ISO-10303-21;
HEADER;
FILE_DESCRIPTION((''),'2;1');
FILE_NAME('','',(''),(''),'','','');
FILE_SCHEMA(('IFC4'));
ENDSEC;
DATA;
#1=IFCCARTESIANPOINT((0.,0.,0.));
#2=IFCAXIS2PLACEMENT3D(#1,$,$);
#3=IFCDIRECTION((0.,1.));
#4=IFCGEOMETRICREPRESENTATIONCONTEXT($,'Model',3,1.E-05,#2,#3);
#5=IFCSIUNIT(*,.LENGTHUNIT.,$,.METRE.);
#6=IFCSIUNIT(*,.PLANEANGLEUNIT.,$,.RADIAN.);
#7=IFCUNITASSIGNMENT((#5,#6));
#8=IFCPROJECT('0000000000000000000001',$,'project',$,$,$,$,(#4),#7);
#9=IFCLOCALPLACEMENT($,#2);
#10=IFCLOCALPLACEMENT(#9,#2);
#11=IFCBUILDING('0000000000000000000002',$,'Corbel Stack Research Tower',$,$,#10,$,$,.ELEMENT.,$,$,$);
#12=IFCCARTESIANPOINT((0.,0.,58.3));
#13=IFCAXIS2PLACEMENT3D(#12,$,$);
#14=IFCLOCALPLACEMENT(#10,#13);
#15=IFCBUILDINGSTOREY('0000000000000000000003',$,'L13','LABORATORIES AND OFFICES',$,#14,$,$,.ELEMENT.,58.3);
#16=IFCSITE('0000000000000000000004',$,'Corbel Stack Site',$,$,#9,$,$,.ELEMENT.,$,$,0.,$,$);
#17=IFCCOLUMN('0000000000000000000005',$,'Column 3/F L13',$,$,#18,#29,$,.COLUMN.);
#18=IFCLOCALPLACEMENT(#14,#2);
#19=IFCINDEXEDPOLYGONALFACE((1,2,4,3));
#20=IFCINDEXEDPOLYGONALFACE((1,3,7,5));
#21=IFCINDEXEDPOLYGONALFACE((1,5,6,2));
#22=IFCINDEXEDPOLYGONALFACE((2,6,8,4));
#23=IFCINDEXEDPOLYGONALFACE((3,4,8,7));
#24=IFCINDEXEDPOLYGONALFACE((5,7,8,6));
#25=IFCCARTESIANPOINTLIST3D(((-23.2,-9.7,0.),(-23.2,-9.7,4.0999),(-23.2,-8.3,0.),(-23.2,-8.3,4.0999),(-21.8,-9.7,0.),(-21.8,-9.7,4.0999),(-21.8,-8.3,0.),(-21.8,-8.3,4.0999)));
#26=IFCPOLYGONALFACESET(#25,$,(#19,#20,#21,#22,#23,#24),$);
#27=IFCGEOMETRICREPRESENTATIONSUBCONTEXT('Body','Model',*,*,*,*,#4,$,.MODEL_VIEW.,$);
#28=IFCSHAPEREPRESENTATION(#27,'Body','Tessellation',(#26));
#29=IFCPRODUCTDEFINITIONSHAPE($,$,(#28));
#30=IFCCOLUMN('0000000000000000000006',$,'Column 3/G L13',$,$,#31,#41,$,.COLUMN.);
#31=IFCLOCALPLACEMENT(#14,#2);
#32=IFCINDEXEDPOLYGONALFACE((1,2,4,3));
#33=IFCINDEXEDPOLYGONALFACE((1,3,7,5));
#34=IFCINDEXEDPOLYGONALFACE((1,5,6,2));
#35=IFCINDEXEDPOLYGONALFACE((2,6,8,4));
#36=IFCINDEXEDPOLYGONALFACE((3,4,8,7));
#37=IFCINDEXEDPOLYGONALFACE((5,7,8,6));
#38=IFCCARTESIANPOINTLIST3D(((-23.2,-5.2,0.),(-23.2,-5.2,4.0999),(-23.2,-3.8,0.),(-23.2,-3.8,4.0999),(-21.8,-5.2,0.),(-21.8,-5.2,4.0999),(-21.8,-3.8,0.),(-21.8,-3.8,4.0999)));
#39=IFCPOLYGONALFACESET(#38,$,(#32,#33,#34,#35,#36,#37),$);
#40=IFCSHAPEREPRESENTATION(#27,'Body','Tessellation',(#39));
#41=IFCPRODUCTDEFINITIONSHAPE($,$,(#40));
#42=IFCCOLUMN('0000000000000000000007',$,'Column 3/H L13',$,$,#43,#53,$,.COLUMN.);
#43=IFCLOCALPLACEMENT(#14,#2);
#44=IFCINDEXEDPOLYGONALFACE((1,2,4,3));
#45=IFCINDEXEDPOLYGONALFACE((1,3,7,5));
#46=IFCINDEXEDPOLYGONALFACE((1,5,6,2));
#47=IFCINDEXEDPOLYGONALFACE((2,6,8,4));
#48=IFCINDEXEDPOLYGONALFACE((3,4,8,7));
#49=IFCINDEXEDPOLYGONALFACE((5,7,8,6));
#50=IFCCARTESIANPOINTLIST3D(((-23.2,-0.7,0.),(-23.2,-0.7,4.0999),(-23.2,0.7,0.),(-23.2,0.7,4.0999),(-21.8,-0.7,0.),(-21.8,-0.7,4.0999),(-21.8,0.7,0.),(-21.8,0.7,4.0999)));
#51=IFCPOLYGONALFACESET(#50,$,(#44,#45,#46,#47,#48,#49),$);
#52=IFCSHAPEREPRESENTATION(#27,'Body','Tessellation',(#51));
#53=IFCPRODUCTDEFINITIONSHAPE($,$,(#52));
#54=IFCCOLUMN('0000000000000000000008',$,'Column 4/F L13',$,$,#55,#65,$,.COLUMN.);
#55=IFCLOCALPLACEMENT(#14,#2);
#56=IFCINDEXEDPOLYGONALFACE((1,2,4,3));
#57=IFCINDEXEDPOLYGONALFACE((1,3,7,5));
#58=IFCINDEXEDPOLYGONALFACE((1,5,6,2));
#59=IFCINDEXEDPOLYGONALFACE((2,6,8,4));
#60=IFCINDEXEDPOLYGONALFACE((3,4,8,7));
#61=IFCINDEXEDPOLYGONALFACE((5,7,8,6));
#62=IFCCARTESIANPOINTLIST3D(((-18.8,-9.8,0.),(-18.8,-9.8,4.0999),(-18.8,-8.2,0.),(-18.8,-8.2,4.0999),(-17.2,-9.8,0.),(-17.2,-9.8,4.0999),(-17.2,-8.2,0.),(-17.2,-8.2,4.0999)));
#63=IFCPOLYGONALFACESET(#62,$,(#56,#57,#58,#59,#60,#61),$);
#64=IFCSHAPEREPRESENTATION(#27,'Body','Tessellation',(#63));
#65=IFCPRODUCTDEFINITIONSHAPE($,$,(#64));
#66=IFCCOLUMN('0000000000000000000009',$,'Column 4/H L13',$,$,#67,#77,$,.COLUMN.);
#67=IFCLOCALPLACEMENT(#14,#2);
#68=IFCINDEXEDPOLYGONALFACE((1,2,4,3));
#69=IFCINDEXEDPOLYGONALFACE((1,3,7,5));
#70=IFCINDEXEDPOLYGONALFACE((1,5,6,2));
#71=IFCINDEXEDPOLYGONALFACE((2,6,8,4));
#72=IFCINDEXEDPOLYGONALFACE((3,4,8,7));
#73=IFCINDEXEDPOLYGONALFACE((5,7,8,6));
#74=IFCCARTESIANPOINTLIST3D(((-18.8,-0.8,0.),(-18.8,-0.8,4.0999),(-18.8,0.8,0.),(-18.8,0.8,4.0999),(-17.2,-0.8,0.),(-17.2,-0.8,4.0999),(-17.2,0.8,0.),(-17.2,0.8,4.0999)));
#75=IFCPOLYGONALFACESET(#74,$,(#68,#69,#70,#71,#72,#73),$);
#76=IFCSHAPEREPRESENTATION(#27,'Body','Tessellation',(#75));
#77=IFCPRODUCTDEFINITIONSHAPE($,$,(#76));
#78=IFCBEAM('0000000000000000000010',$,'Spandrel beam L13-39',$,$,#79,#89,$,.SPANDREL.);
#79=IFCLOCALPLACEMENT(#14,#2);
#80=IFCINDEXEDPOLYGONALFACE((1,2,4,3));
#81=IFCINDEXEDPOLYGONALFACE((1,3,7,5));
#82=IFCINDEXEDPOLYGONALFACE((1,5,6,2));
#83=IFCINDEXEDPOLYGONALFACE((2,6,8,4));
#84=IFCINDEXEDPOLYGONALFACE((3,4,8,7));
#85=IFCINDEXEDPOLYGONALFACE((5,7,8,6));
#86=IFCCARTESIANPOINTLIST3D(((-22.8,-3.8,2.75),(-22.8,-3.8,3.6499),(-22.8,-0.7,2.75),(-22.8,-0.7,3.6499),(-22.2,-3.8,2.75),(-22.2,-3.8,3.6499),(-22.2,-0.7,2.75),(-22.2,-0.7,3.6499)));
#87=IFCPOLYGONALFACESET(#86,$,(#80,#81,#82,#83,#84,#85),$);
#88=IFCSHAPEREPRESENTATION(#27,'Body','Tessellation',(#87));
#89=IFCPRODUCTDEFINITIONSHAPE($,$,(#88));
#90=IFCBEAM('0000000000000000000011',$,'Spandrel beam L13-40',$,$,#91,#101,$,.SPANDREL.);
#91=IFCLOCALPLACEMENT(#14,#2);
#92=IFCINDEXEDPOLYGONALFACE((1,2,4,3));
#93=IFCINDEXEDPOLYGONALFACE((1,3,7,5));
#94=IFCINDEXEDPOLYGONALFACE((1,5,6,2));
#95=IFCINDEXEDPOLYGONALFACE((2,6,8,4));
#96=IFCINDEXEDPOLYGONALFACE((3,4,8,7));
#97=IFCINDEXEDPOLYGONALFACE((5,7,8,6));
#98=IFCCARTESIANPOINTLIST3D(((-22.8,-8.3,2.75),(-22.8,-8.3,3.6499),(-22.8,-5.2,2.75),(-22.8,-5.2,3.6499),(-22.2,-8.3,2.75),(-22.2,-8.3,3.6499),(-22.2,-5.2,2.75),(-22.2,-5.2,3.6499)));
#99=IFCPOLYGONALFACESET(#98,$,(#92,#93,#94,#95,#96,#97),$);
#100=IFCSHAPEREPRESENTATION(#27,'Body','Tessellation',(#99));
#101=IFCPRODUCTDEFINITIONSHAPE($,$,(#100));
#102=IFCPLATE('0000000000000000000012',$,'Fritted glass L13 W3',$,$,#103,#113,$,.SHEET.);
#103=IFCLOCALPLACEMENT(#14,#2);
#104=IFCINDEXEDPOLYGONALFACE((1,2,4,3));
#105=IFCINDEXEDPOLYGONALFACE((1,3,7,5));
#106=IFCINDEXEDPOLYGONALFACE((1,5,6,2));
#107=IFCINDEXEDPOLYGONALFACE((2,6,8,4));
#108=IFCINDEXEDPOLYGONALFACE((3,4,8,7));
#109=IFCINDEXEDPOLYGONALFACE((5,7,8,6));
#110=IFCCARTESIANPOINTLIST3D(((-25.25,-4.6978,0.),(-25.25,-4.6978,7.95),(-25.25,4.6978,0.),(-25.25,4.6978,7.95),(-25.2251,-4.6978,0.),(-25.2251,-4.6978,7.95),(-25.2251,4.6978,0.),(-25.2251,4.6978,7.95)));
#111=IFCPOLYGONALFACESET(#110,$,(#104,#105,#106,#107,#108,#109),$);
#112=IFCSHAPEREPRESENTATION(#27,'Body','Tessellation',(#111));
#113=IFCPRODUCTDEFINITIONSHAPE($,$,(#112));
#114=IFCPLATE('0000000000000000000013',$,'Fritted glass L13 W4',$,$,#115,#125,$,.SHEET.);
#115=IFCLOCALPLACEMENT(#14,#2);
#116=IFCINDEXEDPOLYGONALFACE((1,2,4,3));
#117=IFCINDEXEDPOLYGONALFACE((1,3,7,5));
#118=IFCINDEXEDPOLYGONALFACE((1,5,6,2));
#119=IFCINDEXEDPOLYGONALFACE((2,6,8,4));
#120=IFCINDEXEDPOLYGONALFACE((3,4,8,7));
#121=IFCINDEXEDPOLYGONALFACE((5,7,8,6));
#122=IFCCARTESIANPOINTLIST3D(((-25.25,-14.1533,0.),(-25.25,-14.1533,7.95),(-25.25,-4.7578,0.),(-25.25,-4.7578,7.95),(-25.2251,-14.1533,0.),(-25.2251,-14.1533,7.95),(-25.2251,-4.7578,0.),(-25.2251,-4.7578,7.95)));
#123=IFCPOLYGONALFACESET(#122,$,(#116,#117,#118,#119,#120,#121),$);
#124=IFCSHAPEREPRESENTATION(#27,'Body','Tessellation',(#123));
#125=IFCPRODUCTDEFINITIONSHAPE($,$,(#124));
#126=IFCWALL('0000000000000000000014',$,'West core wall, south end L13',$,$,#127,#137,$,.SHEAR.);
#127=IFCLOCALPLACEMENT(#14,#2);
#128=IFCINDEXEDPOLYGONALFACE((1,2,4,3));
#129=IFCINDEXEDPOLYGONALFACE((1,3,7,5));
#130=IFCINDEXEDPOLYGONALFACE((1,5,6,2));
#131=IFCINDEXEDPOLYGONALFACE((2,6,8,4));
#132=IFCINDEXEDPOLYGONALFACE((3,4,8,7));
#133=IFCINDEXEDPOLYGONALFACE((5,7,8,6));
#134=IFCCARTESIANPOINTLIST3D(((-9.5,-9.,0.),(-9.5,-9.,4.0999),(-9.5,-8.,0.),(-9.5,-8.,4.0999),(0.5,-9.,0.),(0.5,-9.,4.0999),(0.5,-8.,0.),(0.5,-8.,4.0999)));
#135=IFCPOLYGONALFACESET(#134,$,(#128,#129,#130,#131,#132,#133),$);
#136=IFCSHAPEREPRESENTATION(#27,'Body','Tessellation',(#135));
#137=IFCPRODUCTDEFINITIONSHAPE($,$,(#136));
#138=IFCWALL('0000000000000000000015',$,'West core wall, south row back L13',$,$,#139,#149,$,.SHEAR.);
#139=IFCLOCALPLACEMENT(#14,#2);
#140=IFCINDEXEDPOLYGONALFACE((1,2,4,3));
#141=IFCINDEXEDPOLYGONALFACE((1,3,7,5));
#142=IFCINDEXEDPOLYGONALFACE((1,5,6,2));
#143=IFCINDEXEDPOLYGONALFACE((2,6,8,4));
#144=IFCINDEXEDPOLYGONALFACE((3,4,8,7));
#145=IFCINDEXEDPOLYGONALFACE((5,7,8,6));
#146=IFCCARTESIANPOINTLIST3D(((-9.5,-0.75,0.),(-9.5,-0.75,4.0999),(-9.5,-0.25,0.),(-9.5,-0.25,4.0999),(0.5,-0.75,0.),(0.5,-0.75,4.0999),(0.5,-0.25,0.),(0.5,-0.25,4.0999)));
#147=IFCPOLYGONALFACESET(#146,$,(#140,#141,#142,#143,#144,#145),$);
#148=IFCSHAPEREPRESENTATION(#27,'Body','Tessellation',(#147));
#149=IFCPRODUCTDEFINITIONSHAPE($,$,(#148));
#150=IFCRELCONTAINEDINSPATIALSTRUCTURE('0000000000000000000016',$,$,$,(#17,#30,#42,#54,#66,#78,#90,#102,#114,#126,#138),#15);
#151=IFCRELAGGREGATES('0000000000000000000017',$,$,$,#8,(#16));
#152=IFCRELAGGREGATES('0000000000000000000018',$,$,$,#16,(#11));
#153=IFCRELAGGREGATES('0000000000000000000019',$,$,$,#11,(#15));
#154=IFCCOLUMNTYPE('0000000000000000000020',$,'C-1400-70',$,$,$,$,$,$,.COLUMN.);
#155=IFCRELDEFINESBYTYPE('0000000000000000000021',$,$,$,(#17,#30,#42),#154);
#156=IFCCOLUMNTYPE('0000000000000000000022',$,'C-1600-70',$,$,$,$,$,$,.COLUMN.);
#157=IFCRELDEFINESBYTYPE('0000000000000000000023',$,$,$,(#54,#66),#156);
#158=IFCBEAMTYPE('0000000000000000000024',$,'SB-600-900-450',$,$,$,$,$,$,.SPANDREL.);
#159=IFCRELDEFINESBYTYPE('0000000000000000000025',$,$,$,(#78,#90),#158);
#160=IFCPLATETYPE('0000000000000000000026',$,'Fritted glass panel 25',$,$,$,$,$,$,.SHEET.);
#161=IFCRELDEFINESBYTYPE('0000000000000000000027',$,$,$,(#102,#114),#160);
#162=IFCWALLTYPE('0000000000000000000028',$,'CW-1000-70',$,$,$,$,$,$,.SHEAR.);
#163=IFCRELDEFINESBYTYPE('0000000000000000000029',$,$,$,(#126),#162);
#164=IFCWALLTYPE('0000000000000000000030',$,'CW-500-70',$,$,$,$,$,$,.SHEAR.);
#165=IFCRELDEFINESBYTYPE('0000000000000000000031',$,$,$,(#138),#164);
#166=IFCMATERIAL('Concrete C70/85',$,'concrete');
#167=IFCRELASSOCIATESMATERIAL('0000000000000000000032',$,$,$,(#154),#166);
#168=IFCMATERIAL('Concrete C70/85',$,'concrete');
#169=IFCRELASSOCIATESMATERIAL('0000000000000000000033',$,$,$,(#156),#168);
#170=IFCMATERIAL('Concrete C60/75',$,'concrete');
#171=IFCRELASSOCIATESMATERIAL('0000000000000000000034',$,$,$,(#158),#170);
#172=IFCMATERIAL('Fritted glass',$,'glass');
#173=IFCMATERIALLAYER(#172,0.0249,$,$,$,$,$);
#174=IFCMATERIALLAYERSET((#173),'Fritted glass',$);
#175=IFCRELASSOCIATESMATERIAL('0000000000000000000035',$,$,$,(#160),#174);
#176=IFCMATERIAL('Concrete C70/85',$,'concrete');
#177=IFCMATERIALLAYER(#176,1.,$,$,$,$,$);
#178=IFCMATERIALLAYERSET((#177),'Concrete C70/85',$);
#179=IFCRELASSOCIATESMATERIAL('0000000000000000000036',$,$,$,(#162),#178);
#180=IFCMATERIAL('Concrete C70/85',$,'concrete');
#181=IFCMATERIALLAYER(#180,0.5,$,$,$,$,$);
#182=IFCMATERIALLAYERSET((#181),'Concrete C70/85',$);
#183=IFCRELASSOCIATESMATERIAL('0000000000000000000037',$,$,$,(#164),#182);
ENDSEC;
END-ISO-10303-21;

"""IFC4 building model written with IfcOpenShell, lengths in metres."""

from ifc_helpers import new_model, si_unit, direction, frame, frame_2d, origin, origin_2d, place, context, subcontext, project, spatial, rectangle, extrude, material, layer, layer_set, material_profile, profile_set, type_object, element, save


model = new_model("IFC4")

# Units and contexts
model_context = context("Model", 3, precision=1e-05, world=origin(), true_north=direction((0.0, 1.0)))
body_context = subcontext(model_context, "Body", "Model", "MODEL_VIEW")
ifc_project = project(units=[si_unit("LENGTHUNIT", "METRE"), si_unit("PLANEANGLEUNIT", "RADIAN")], contexts=[model_context])

# Site, building, storey
site_placement = place(None, origin())
site = spatial("IfcSite", under=ifc_project, at=site_placement, Name="Corbel Stack Site", CompositionType="ELEMENT", RefElevation=0.0)
building_placement = place(site_placement, origin())
building = spatial("IfcBuilding", under=site, at=building_placement, Name="Corbel Stack Research Tower", CompositionType="ELEMENT")
storey_placement = place(building_placement, frame((0.0, 0.0, 58.3)))
storey = spatial("IfcBuildingStorey", under=building, at=storey_placement, Name="L13", Description="LABORATORIES AND OFFICES", CompositionType="ELEMENT", Elevation=58.3)

# Columns
ifc_material_1 = material(Name="Concrete C70/85", Category="concrete")
ifc_material_profile_1 = material_profile(ifc_material_1, rectangle(XDim=1.3999, YDim=1.3999, at=origin_2d()), Name="RC 1400 x 1400")
ifc_profile_set_1 = profile_set([ifc_material_profile_1], Name="Concrete C70/85")
column_type_1 = type_object("IfcColumnType", Name="C-1400-70", PredefinedType="COLUMN", material=ifc_profile_set_1)
for number, where, z_axis, x_axis, name in (
    (1, (-22.5, -9.0, 0.0), (0.0, 0.0, 1.0), (1.0, 0.0, 0.0), "Column 3/F L13"),
    (2, (-22.5, -4.5, 0.0), (0.0, 0.0, 1.0), (1.0, 0.0, 0.0), "Column 3/G L13"),
    (3, (-22.5, 0.0, 0.0), (0.0, 0.0, 1.0), (1.0, 0.0, 0.0), "Column 3/H L13"),
):
    element("IfcColumn", number, at=place(storey_placement, frame(where, z_axis=z_axis, x_axis=x_axis)), inside=storey, type_object=column_type_1, Name=name, PredefinedType="COLUMN", context=body_context, shape_type="SweptSolid", body=[
        extrude(rectangle(XDim=1.3999, YDim=1.3999, at=origin_2d()), origin(), (0.0, 0.0, 1.0), 4.0999),
    ])
ifc_material_2 = material(Name="Concrete C70/85", Category="concrete")
ifc_material_profile_2 = material_profile(ifc_material_2, rectangle(XDim=1.6001, YDim=1.6001, at=origin_2d()), Name="RC 1600 x 1600")
ifc_profile_set_2 = profile_set([ifc_material_profile_2], Name="Concrete C70/85")
column_type_2 = type_object("IfcColumnType", Name="C-1600-70", PredefinedType="COLUMN", material=ifc_profile_set_2)
for number, where, z_axis, x_axis, name in (
    (4, (-18.0, -9.0, 0.0), (0.0, 0.0, 1.0), (1.0, 0.0, 0.0), "Column 4/F L13"),
    (5, (-18.0, 0.0, 0.0), (0.0, 0.0, 1.0), (1.0, 0.0, 0.0), "Column 4/H L13"),
):
    element("IfcColumn", number, at=place(storey_placement, frame(where, z_axis=z_axis, x_axis=x_axis)), inside=storey, type_object=column_type_2, Name=name, PredefinedType="COLUMN", context=body_context, shape_type="SweptSolid", body=[
        extrude(rectangle(XDim=1.6001, YDim=1.6001, at=origin_2d()), origin(), (0.0, 0.0, 1.0), 4.0999),
    ])

# Beams
ifc_material_3 = material(Name="Concrete C60/75", Category="concrete")
ifc_material_profile_3 = material_profile(ifc_material_3, rectangle(XDim=0.6001, YDim=0.8999, at=origin_2d()), Name="RC 600 x 900")
ifc_profile_set_3 = profile_set([ifc_material_profile_3], Name="Concrete C60/75")
beam_type = type_object("IfcBeamType", Name="SB-600-900-450", PredefinedType="SPANDREL", material=ifc_profile_set_3)
for number, where, z_axis, x_axis, name in (
    (6, (-22.5, -0.7, 3.2), (0.0, -1.0, 0.0), (1.0, 0.0, 0.0), "Spandrel beam L13-39"),
    (7, (-22.5, -5.2, 3.2), (0.0, -1.0, 0.0), (1.0, 0.0, 0.0), "Spandrel beam L13-40"),
):
    element("IfcBeam", number, at=place(storey_placement, frame(where, z_axis=z_axis, x_axis=x_axis)), inside=storey, type_object=beam_type, Name=name, PredefinedType="SPANDREL", context=body_context, shape_type="SweptSolid", body=[
        extrude(rectangle(XDim=0.6001, YDim=0.8999, at=origin_2d()), origin(), (0.0, 0.0, 1.0), 3.1001),
    ])

# Plates
ifc_material_4 = material(Name="Fritted glass", Category="glass")
ifc_layer_1 = layer(ifc_material_4, 0.0249)
ifc_layer_set_1 = layer_set([ifc_layer_1], Name="Fritted glass")
plate_type = type_object("IfcPlateType", Name="Fritted glass panel 25", PredefinedType="SHEET", material=ifc_layer_set_1)
for number, where, z_axis, x_axis, name in (
    (8, (-25.2375, 0.0, 0.0), (0.0, 0.0, 1.0), (0.0, -1.0, 0.0), "Fritted glass L13 W3"),
    (9, (-25.2375, -9.4556, 0.0), (0.0, 0.0, 1.0), (0.0, -1.0, 0.0), "Fritted glass L13 W4"),
):
    element("IfcPlate", number, at=place(storey_placement, frame(where, z_axis=z_axis, x_axis=x_axis)), inside=storey, type_object=plate_type, Name=name, PredefinedType="SHEET", context=body_context, shape_type="SweptSolid", body=[
        extrude(rectangle(XDim=9.3955, YDim=0.0249, at=origin_2d()), origin(), (0.0, 0.0, 1.0), 7.95),
    ])

# Shared definitions
ifc_material_5 = material(Name="Concrete C70/85", Category="concrete")
ifc_layer_2 = layer(ifc_material_5, 1.0)
ifc_layer_set_2 = layer_set([ifc_layer_2], Name="Concrete C70/85")
wall_type_1 = type_object("IfcWallType", Name="CW-1000-70", PredefinedType="SHEAR", material=ifc_layer_set_2)

# Walls
wall_1_placement = place(storey_placement, frame((-9.5, -8.5, 0.0), z_axis=(0.0, 0.0, 1.0), x_axis=(1.0, 0.0, 0.0)))
element("IfcWall", 10, at=wall_1_placement, inside=storey, type_object=wall_type_1, Name="West core wall, south end L13", PredefinedType="SHEAR", context=body_context, shape_type="SweptSolid", body=[
    extrude(rectangle(XDim=10.0, YDim=1.0, at=frame_2d((5.0, 0.0))), origin(), (0.0, 0.0, 1.0), 4.0999),
])
ifc_material_6 = material(Name="Concrete C70/85", Category="concrete")
ifc_layer_3 = layer(ifc_material_6, 0.5)
ifc_layer_set_3 = layer_set([ifc_layer_3], Name="Concrete C70/85")
wall_type_2 = type_object("IfcWallType", Name="CW-500-70", PredefinedType="SHEAR", material=ifc_layer_set_3)
wall_2_placement = place(storey_placement, frame((-9.5, -0.5, 0.0), z_axis=(0.0, 0.0, 1.0), x_axis=(1.0, 0.0, 0.0)))
element("IfcWall", 11, at=wall_2_placement, inside=storey, type_object=wall_type_2, Name="West core wall, south row back L13", PredefinedType="SHEAR", context=body_context, shape_type="SweptSolid", body=[
    extrude(rectangle(XDim=10.0, YDim=0.5, at=frame_2d((5.0, 0.0))), origin(), (0.0, 0.0, 1.0), 4.0999),
])

save(model, "model.ifc")
